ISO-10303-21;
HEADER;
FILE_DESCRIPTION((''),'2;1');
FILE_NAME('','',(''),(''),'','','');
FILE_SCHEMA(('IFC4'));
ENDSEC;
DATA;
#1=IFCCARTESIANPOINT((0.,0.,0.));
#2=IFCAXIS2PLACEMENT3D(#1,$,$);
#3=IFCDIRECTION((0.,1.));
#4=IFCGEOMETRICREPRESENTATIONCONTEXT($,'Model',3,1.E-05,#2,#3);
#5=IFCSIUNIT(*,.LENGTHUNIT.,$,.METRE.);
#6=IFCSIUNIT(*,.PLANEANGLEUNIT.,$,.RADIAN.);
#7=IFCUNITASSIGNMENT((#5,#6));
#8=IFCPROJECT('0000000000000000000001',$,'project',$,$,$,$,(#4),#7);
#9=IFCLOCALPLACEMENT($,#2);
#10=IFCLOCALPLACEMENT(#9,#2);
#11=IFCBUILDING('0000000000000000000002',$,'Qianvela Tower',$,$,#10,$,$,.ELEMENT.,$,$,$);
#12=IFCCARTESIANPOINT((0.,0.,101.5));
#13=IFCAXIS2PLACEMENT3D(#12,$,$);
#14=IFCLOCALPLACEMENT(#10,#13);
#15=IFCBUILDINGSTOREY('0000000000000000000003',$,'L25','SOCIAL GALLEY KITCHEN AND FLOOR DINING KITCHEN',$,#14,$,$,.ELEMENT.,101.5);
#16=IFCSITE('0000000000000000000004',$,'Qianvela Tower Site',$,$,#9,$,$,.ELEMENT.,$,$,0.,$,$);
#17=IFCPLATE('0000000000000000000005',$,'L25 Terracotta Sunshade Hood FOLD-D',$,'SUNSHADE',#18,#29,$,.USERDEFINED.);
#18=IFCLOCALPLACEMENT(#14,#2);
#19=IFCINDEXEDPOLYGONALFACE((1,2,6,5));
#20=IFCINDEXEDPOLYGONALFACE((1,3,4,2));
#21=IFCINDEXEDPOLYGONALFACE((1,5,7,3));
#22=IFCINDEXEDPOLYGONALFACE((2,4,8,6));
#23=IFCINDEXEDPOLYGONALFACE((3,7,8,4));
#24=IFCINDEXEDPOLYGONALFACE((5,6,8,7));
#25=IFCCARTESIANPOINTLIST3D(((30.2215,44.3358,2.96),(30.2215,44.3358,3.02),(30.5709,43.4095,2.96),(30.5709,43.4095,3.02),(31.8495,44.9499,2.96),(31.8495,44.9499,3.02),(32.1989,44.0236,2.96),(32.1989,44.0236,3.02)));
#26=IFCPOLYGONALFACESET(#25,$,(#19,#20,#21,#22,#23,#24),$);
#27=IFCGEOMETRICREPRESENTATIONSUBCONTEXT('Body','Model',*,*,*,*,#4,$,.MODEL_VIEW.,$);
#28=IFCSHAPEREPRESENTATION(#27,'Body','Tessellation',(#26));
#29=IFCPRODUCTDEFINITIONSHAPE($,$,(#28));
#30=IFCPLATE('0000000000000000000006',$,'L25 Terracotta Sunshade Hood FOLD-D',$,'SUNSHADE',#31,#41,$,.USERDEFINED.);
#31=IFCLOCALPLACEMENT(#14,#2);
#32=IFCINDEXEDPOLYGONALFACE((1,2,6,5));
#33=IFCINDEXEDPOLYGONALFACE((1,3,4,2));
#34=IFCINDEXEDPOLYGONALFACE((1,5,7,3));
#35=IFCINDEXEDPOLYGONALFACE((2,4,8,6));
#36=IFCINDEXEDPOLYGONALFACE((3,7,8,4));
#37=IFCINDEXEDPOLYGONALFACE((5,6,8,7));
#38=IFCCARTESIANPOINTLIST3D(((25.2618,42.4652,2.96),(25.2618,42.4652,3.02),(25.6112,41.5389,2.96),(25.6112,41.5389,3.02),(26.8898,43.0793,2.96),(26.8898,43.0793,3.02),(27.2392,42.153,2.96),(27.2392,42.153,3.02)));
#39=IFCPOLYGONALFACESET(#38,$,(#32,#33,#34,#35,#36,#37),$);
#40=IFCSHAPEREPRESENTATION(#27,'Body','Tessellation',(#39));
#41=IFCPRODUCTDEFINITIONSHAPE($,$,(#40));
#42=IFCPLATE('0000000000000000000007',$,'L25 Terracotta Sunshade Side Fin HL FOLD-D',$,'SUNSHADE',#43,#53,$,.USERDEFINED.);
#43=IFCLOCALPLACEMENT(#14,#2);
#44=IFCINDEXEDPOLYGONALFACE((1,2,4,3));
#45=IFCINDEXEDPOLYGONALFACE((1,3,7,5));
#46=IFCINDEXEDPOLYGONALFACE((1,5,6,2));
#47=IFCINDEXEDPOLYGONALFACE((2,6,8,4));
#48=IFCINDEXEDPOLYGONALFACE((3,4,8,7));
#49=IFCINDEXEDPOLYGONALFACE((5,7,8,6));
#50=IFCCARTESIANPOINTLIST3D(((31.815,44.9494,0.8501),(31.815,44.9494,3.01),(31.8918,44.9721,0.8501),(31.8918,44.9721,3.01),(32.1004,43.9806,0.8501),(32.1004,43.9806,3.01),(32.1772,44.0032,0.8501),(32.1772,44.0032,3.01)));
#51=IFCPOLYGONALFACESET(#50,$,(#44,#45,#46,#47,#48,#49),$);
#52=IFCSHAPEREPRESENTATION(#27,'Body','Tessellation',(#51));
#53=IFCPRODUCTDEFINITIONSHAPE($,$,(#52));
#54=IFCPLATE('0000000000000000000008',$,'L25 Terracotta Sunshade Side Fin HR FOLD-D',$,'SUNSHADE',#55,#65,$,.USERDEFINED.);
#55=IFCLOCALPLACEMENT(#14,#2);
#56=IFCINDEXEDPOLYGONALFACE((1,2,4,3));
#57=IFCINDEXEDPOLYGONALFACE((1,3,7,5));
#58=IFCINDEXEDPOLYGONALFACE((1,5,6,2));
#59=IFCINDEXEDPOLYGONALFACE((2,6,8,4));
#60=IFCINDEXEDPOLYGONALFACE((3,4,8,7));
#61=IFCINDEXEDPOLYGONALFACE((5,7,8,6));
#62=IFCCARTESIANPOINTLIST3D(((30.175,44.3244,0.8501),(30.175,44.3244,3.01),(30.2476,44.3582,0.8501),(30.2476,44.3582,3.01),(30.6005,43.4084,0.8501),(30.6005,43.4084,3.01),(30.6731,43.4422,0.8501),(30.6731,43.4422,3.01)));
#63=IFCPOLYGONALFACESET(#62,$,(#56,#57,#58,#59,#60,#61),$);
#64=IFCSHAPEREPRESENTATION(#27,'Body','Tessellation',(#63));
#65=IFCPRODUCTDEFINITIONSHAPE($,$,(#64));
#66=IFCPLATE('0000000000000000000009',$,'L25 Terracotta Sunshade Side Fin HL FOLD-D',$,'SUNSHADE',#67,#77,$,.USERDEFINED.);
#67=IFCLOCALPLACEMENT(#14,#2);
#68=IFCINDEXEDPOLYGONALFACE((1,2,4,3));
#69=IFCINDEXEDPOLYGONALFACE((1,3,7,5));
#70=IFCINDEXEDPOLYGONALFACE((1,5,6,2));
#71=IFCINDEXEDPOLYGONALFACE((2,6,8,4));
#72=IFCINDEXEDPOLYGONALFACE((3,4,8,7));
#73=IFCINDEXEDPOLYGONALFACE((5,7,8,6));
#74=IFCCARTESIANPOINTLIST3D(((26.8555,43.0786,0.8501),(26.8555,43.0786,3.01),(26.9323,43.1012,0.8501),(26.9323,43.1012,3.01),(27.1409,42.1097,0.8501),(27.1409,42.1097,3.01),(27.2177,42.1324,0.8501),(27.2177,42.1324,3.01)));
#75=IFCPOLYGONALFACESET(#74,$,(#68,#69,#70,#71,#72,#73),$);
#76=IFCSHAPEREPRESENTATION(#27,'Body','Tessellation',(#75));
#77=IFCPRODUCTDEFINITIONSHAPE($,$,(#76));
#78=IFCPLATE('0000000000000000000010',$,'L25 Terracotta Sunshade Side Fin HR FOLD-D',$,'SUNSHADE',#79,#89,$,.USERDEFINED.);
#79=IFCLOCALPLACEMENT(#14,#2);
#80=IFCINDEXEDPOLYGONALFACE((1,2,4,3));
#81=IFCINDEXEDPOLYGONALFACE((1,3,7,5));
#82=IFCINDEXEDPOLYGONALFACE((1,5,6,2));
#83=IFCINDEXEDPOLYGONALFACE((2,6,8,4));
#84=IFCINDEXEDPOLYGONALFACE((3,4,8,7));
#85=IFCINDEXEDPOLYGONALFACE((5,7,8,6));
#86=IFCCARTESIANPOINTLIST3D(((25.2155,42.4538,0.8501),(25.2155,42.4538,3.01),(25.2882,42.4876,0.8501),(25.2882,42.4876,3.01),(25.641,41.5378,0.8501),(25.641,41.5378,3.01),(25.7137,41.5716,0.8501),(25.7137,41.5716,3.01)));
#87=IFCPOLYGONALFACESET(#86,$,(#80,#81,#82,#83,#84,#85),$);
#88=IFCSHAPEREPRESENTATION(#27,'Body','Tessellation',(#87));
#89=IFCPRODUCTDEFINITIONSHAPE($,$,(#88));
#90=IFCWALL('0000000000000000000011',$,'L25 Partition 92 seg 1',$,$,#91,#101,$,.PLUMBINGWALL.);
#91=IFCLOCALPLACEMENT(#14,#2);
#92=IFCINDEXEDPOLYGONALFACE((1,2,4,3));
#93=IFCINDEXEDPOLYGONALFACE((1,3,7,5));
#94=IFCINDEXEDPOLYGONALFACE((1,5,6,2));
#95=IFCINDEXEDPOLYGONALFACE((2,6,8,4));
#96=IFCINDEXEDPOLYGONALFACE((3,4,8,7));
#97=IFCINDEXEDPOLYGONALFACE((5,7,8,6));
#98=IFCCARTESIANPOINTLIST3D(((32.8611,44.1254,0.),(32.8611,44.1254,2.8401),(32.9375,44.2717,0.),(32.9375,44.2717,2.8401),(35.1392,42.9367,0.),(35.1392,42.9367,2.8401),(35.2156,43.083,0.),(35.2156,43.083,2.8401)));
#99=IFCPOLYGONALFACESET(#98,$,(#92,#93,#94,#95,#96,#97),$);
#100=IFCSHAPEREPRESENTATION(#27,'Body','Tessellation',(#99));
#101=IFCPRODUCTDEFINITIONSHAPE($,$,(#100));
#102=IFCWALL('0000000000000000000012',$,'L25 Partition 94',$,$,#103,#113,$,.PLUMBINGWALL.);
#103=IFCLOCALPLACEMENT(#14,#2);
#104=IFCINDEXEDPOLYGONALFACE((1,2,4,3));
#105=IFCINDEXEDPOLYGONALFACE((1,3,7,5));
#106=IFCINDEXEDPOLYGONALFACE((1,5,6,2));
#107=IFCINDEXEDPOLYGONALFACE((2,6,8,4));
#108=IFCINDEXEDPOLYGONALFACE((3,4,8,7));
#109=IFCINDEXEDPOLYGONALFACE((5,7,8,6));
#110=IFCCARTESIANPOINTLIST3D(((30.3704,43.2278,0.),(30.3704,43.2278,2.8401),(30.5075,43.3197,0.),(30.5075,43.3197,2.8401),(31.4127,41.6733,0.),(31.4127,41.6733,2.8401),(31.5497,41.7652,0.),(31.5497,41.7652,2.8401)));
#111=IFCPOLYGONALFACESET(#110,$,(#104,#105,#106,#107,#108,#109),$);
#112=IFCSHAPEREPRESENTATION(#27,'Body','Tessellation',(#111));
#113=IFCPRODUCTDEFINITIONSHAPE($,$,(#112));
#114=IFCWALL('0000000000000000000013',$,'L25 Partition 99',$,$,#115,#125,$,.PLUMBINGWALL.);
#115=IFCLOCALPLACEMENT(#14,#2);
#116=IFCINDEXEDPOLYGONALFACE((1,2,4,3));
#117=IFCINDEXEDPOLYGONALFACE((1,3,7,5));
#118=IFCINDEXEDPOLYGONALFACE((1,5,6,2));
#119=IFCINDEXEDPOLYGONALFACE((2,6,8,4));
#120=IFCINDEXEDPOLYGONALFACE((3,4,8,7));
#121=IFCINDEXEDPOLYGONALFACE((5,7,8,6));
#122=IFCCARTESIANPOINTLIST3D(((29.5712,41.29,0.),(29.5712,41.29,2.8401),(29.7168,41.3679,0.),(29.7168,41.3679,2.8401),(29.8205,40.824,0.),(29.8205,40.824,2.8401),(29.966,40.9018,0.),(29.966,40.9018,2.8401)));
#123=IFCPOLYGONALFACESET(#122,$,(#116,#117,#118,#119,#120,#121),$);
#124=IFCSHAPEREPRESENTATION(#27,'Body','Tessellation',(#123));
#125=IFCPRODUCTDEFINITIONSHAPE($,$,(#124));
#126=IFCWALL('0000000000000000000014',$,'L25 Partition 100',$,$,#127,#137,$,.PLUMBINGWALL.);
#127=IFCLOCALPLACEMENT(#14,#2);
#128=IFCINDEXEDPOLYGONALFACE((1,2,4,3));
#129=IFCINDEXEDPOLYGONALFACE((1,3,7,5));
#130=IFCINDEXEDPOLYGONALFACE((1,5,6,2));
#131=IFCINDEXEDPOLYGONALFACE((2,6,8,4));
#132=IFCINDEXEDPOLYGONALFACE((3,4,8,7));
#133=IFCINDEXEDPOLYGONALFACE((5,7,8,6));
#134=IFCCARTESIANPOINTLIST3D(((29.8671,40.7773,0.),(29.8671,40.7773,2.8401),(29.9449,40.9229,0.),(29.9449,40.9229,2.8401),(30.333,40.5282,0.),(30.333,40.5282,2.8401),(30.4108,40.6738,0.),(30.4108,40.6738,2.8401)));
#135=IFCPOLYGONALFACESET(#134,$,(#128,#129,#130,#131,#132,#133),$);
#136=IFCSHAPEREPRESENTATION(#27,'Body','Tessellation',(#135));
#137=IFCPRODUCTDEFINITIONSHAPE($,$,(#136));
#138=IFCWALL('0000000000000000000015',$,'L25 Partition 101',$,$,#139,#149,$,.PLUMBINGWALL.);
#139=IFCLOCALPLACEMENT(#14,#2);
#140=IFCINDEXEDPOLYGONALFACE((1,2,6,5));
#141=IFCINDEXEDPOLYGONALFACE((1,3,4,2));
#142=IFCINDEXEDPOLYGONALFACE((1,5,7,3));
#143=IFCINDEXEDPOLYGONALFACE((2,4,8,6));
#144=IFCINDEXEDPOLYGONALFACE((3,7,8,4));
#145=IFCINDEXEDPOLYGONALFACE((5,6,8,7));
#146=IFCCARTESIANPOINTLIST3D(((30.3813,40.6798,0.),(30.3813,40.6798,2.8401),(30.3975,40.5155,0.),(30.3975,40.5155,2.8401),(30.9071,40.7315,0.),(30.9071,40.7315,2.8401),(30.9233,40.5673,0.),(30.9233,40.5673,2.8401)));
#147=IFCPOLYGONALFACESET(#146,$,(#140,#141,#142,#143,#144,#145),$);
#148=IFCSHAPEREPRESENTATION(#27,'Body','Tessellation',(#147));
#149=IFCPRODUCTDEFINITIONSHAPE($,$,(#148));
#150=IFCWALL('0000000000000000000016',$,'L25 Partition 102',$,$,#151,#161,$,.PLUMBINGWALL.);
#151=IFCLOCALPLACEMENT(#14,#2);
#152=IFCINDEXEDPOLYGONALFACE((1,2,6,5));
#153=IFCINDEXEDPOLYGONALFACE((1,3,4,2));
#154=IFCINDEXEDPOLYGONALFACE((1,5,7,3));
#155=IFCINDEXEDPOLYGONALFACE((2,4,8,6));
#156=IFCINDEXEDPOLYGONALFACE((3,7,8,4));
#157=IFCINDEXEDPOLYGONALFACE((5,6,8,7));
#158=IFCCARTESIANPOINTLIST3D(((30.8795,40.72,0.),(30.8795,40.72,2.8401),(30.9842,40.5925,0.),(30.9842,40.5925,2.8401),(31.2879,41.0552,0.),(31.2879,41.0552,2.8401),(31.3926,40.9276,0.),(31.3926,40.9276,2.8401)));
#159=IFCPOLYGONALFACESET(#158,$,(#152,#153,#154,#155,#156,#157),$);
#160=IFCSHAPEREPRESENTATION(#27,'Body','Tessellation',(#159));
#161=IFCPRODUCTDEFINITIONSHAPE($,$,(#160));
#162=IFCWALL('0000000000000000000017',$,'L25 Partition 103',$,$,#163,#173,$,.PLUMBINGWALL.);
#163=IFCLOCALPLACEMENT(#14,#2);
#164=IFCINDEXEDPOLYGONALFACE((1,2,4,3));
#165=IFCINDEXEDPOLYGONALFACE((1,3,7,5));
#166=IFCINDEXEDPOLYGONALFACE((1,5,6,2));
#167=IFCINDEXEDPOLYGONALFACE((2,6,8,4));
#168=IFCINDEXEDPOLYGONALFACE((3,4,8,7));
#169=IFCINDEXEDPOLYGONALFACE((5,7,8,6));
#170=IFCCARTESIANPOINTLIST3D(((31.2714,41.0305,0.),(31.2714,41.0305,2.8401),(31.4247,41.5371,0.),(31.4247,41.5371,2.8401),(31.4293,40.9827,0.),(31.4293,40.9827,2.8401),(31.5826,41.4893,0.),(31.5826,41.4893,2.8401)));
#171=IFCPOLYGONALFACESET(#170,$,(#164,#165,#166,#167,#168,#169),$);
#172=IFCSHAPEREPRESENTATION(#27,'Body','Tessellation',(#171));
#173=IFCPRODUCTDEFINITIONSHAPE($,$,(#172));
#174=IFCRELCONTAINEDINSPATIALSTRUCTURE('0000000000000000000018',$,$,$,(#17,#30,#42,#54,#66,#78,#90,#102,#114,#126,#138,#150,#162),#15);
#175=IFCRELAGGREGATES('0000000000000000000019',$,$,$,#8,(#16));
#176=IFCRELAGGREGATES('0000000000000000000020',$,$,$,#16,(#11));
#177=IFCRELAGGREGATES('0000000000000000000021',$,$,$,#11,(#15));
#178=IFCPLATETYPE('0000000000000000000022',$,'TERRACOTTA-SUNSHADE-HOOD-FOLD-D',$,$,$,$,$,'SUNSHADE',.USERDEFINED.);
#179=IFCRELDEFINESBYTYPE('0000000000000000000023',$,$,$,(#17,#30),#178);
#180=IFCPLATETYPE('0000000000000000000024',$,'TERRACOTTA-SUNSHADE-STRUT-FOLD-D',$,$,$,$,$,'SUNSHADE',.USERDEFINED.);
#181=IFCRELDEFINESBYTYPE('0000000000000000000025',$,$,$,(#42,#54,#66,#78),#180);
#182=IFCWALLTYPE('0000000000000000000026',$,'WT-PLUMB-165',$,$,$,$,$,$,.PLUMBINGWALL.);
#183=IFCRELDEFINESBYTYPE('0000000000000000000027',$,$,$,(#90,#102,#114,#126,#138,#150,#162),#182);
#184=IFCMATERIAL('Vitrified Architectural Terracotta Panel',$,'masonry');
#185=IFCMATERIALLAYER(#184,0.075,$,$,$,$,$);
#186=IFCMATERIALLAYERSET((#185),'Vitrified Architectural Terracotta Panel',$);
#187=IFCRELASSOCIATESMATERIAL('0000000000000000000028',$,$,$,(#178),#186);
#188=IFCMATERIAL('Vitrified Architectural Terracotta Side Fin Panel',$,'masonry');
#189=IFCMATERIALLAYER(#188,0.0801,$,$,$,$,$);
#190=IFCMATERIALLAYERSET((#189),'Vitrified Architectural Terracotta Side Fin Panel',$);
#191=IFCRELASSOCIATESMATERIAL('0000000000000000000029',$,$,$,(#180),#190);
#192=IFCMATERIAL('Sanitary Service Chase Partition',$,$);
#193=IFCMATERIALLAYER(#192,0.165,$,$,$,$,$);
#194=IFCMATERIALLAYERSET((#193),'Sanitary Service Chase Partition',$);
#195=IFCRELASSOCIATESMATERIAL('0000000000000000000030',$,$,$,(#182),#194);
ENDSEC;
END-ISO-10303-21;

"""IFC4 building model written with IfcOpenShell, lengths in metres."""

from ifc_helpers import new_model, si_unit, direction, frame, frame_2d, origin, origin_2d, place, context, subcontext, project, spatial, rectangle, extrude, material, layer, layer_set, type_object, element, save


model = new_model("IFC4")

# Units and contexts
model_context = context("Model", 3, precision=1e-05, world=origin(), true_north=direction((0.0, 1.0)))
body_context = subcontext(model_context, "Body", "Model", "MODEL_VIEW")
ifc_project = project(units=[si_unit("LENGTHUNIT", "METRE"), si_unit("PLANEANGLEUNIT", "RADIAN")], contexts=[model_context])

# Site, building, storey
site_placement = place(None, origin())
site = spatial("IfcSite", under=ifc_project, at=site_placement, Name="Qianvela Tower Site", CompositionType="ELEMENT", RefElevation=0.0)
building_placement = place(site_placement, origin())
building = spatial("IfcBuilding", under=site, at=building_placement, Name="Qianvela Tower", CompositionType="ELEMENT")
storey_placement = place(building_placement, frame((0.0, 0.0, 101.5)))
storey = spatial("IfcBuildingStorey", under=building, at=storey_placement, Name="L25", Description="SOCIAL GALLEY KITCHEN AND FLOOR DINING KITCHEN", CompositionType="ELEMENT", Elevation=101.5)

# Plates
ifc_material_1 = material(Name="Vitrified Architectural Terracotta Panel", Category="masonry")
ifc_layer_1 = layer(ifc_material_1, 0.075)
ifc_layer_set_1 = layer_set([ifc_layer_1], Name="Vitrified Architectural Terracotta Panel")
plate_type_1 = type_object("IfcPlateType", Name="TERRACOTTA-SUNSHADE-HOOD-FOLD-D", ElementType="SUNSHADE", PredefinedType="USERDEFINED", material=ifc_layer_set_1)
for number, where, z_axis, x_axis, name in (
    (1, (31.2102, 44.1797, 2.96), (0.0, 0.0, 1.0), (-0.935654, -0.35292, 0.0), "L25 Terracotta Sunshade Hood FOLD-D"),
    (2, (26.2505, 42.3091, 2.96), (0.0, 0.0, 1.0), (-0.935654, -0.35292, 0.0), "L25 Terracotta Sunshade Hood FOLD-D"),
):
    element("IfcPlate", number, at=place(storey_placement, frame(where, z_axis=z_axis, x_axis=x_axis)), inside=storey, type_object=plate_type_1, Name=name, ObjectType="SUNSHADE", PredefinedType="USERDEFINED", context=body_context, shape_type="SweptSolid", body=[
        extrude(rectangle(XDim=1.74, YDim=0.99, at=origin_2d()), origin(), (0.0, 0.0, 1.0), 0.0601),
    ])
ifc_material_2 = material(Name="Vitrified Architectural Terracotta Side Fin Panel", Category="masonry")
ifc_layer_2 = layer(ifc_material_2, 0.0801)
ifc_layer_set_2 = layer_set([ifc_layer_2], Name="Vitrified Architectural Terracotta Side Fin Panel")
plate_type_2 = type_object("IfcPlateType", Name="TERRACOTTA-SUNSHADE-STRUT-FOLD-D", ElementType="SUNSHADE", PredefinedType="USERDEFINED", material=ifc_layer_set_2)
for number, where, z_axis, x_axis, name in (
    (3, (31.9961, 44.4763, 0.8501), (0.0, 0.0, 1.0), (-0.959235, -0.282609, 0.0), "L25 Terracotta Sunshade Side Fin HL FOLD-D"),
    (4, (30.4241, 43.8833, 0.8501), (0.0, 0.0, 1.0), (-0.906926, -0.421289, 0.0), "L25 Terracotta Sunshade Side Fin HR FOLD-D"),
    (5, (27.0366, 42.6055, 0.8501), (0.0, 0.0, 1.0), (-0.959235, -0.282609, 0.0), "L25 Terracotta Sunshade Side Fin HL FOLD-D"),
    (6, (25.4646, 42.0127, 0.8501), (0.0, 0.0, 1.0), (-0.906926, -0.421289, 0.0), "L25 Terracotta Sunshade Side Fin HR FOLD-D"),
):
    element("IfcPlate", number, at=place(storey_placement, frame(where, z_axis=z_axis, x_axis=x_axis)), inside=storey, type_object=plate_type_2, Name=name, ObjectType="SUNSHADE", PredefinedType="USERDEFINED", context=body_context, shape_type="SweptSolid", body=[
        extrude(rectangle(XDim=0.0801, YDim=1.01, at=origin_2d()), origin(), (0.0, 0.0, 1.0), 2.1599),
    ])

# Walls
ifc_material_3 = material(Name="Sanitary Service Chase Partition")
ifc_layer_3 = layer(ifc_material_3, 0.165)
ifc_layer_set_3 = layer_set([ifc_layer_3], Name="Sanitary Service Chase Partition")
wall_type = type_object("IfcWallType", Name="WT-PLUMB-165", PredefinedType="PLUMBINGWALL", material=ifc_layer_set_3)
wall_1_placement = place(storey_placement, frame((32.8994, 44.1985, 0.0), z_axis=(0.0, 0.0, 1.0), x_axis=(0.886559, -0.462615, 0.0)))
element("IfcWall", 7, at=wall_1_placement, inside=storey, type_object=wall_type, Name="L25 Partition 92 seg 1", PredefinedType="PLUMBINGWALL", context=body_context, shape_type="SweptSolid", body=[
    extrude(rectangle(XDim=2.5696, YDim=0.165, at=frame_2d((1.2847, 0.0))), origin(), (0.0, 0.0, 1.0), 2.8401),
])
wall_2_placement = place(storey_placement, frame((31.4812, 41.7192, 0.0), z_axis=(0.0, 0.0, 1.0), x_axis=(-0.556896, 0.830582, 0.0)))
element("IfcWall", 8, at=wall_2_placement, inside=storey, type_object=wall_type, Name="L25 Partition 94", PredefinedType="PLUMBINGWALL", context=body_context, shape_type="SweptSolid", body=[
    extrude(rectangle(XDim=1.8716, YDim=0.165, at=frame_2d((0.9358, 0.0))), origin(), (0.0, 0.0, 1.0), 2.8401),
])
wall_3_placement = place(storey_placement, frame((29.644, 41.3289, 0.0), z_axis=(0.0, 0.0, 1.0), x_axis=(0.471619, -0.881803, 0.0)))
element("IfcWall", 9, at=wall_3_placement, inside=storey, type_object=wall_type, Name="L25 Partition 99", PredefinedType="PLUMBINGWALL", context=body_context, shape_type="SweptSolid", body=[
    extrude(rectangle(XDim=0.5286, YDim=0.165, at=frame_2d((0.2642, 0.0))), origin(), (0.0, 0.0, 1.0), 2.8401),
])
for number, where, z_axis, x_axis, name in (
    (10, (29.906, 40.8501, 0.0), (0.0, 0.0, 1.0), (0.881892, -0.471452, 0.0), "L25 Partition 100"),
    (11, (30.3894, 40.5977, 0.0), (0.0, 0.0, 1.0), (0.995192, 0.097948, 0.0), "L25 Partition 101"),
    (12, (30.9319, 40.6562, 0.0), (0.0, 0.0, 1.0), (0.773009, 0.634394, 0.0), "L25 Partition 102"),
):
    element("IfcWall", number, at=place(storey_placement, frame(where, z_axis=z_axis, x_axis=x_axis)), inside=storey, type_object=wall_type, Name=name, PredefinedType="PLUMBINGWALL", context=body_context, shape_type="SweptSolid", body=[
        extrude(rectangle(XDim=0.5283, YDim=0.165, at=frame_2d((0.2642, 0.0))), origin(), (0.0, 0.0, 1.0), 2.8401),
    ])
wall_4_placement = place(storey_placement, frame((31.3503, 41.0066, 0.0), z_axis=(0.0, 0.0, 1.0), x_axis=(0.289675, 0.957125, 0.0)))
element("IfcWall", 13, at=wall_4_placement, inside=storey, type_object=wall_type, Name="L25 Partition 103", PredefinedType="PLUMBINGWALL", context=body_context, shape_type="SweptSolid", body=[
    extrude(rectangle(XDim=0.5293, YDim=0.165, at=frame_2d((0.2646, 0.0))), origin(), (0.0, 0.0, 1.0), 2.8401),
])

save(model, "model.ifc")
